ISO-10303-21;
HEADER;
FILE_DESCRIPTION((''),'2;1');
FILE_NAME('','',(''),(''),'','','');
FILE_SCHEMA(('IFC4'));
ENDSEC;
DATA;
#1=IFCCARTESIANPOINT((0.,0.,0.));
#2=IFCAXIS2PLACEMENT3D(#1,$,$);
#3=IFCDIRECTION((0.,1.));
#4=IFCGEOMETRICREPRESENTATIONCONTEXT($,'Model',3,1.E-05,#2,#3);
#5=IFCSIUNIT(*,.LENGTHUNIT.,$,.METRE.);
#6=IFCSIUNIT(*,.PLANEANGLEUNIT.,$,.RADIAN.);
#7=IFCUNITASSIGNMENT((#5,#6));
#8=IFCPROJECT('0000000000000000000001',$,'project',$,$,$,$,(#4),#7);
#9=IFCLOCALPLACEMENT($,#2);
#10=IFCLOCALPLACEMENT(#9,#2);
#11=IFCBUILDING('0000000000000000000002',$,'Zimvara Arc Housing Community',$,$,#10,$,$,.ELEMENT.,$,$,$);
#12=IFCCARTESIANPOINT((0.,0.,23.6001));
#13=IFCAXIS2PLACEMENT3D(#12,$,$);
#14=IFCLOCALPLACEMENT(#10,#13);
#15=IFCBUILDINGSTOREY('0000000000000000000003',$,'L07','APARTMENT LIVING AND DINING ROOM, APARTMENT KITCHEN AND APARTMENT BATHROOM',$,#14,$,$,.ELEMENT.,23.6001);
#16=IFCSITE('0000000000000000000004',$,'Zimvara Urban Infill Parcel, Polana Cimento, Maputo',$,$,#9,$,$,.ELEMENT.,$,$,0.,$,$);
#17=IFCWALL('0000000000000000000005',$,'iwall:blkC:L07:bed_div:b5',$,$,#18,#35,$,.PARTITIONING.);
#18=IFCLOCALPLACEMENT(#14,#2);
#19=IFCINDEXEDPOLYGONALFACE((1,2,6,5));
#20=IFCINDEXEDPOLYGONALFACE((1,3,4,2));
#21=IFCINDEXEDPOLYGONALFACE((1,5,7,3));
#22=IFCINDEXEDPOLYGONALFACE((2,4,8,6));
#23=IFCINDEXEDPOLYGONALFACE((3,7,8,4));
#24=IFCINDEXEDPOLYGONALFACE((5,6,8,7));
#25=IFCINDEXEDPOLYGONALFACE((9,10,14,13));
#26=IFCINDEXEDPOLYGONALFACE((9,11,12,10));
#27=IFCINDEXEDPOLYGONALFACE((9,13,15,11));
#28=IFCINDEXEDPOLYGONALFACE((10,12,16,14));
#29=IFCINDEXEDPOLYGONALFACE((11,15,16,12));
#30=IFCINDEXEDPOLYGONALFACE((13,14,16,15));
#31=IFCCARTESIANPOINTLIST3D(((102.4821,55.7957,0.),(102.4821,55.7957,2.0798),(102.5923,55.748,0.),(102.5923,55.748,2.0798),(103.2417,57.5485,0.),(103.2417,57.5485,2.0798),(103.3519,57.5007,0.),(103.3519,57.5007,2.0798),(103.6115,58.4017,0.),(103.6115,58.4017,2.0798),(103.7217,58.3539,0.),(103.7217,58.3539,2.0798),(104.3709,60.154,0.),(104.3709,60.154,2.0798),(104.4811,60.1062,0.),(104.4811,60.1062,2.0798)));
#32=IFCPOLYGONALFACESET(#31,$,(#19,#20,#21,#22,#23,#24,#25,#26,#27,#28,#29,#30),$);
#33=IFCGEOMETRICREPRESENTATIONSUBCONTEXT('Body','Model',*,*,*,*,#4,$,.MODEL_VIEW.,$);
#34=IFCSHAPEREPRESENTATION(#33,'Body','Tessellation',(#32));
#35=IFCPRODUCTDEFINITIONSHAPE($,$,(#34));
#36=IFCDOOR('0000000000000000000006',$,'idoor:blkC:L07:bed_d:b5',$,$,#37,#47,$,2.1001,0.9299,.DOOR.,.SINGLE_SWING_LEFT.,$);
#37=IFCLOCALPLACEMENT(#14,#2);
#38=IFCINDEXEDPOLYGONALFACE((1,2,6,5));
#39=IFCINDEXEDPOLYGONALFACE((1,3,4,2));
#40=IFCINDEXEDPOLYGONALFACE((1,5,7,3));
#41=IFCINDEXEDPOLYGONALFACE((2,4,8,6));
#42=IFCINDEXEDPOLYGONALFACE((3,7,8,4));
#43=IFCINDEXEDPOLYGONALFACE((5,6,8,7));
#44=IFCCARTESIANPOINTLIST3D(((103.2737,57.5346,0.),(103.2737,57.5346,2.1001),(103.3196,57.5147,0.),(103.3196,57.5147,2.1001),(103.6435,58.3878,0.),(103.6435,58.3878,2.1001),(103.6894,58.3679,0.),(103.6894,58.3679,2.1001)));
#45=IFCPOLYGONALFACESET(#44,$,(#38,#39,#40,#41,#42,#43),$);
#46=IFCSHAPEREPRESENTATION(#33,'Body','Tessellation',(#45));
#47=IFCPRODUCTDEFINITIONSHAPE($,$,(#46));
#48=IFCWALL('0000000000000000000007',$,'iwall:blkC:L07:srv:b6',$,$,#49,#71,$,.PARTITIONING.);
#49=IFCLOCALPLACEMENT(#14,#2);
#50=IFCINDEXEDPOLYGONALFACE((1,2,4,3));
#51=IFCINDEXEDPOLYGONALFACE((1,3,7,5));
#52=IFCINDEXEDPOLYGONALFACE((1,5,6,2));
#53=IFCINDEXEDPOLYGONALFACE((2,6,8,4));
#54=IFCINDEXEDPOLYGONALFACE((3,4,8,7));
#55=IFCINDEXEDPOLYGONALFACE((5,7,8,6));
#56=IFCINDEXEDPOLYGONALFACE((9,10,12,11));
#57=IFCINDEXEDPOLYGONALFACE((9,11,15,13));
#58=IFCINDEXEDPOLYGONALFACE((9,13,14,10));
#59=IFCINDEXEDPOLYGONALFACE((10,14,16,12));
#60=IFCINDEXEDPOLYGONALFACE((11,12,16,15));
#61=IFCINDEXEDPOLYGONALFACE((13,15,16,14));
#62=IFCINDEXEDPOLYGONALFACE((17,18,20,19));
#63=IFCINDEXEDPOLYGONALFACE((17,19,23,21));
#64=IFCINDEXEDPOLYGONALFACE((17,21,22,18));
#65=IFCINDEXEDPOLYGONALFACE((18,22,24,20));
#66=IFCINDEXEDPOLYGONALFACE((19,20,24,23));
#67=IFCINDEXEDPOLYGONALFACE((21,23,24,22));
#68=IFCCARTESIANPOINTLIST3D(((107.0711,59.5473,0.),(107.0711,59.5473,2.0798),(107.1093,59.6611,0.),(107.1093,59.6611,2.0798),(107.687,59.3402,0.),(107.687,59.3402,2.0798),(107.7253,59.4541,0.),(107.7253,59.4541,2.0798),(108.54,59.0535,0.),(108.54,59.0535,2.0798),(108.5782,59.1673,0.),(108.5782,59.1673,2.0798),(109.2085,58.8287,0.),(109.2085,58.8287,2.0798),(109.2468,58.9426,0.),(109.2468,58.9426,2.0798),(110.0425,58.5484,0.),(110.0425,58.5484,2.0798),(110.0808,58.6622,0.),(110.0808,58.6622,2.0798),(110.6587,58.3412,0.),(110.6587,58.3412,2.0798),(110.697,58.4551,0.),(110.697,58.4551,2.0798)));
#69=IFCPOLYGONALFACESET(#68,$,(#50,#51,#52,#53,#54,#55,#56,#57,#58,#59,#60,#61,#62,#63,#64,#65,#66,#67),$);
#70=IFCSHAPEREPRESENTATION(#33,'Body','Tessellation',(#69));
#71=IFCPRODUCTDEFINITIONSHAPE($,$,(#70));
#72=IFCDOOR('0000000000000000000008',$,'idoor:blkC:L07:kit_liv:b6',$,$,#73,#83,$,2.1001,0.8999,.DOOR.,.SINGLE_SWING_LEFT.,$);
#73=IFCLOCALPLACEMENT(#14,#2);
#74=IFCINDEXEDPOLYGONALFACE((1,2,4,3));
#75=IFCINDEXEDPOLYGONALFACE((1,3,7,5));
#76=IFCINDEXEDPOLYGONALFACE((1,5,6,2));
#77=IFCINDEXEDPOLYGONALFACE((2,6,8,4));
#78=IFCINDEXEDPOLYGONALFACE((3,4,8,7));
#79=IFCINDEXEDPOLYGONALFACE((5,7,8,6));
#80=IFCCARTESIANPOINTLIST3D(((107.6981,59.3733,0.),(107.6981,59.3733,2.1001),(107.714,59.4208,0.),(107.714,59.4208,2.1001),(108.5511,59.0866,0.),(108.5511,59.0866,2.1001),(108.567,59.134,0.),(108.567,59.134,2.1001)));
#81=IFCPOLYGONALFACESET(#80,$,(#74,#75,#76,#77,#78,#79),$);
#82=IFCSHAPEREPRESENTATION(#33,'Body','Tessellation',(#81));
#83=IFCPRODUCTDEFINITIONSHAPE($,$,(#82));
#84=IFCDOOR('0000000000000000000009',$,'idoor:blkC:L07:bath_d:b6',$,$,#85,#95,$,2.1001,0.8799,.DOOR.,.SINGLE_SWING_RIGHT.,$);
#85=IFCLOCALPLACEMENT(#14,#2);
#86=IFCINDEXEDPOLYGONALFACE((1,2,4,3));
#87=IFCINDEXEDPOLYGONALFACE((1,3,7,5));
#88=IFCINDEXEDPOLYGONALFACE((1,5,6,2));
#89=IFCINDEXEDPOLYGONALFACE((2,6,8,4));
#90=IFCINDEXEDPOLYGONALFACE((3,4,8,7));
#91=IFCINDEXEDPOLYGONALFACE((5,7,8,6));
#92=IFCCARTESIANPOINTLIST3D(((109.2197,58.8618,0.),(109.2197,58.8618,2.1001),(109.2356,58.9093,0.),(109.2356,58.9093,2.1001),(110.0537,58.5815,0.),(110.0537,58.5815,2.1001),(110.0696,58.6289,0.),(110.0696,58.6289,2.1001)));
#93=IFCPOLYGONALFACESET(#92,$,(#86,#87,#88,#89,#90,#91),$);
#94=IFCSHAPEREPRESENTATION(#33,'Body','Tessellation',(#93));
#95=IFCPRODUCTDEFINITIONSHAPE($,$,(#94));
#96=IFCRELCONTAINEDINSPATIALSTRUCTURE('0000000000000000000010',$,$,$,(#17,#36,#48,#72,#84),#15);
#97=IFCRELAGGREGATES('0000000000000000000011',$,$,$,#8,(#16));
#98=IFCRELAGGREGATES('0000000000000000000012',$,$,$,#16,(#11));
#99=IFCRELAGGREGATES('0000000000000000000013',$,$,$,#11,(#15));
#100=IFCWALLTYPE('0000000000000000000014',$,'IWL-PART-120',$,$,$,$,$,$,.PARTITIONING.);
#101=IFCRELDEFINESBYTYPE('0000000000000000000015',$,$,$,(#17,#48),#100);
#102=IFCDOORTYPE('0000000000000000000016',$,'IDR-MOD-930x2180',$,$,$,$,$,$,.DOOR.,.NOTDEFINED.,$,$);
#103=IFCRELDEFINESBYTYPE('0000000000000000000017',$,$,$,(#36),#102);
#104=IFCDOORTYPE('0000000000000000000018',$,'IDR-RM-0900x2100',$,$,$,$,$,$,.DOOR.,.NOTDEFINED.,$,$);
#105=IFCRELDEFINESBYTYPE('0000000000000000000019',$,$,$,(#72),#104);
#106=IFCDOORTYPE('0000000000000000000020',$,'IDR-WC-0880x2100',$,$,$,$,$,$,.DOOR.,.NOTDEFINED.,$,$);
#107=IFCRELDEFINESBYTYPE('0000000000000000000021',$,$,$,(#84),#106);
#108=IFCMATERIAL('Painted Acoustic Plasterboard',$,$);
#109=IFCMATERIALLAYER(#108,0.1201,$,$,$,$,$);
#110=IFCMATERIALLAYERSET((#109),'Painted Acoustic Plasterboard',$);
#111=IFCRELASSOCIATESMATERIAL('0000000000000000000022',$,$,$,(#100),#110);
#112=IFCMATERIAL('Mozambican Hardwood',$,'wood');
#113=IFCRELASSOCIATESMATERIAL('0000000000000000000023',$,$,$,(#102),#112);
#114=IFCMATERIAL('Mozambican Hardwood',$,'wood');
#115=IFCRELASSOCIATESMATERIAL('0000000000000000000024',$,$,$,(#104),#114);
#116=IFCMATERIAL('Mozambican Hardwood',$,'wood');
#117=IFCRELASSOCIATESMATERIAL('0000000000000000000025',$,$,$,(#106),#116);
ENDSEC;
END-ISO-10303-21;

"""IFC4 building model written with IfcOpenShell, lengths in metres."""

from ifc_helpers import new_model, si_unit, direction, frame, frame_2d, origin, place, context, subcontext, project, spatial, rectangle, extrude, material, layer, layer_set, type_object, element, fill, save


model = new_model("IFC4")

# Units and contexts
model_context = context("Model", 3, precision=1e-05, world=origin(), true_north=direction((0.0, 1.0)))
body_context = subcontext(model_context, "Body", "Model", "MODEL_VIEW")
ifc_project = project(units=[si_unit("LENGTHUNIT", "METRE"), si_unit("PLANEANGLEUNIT", "RADIAN")], contexts=[model_context])

# Site, building, storey
site_placement = place(None, origin())
site = spatial("IfcSite", under=ifc_project, at=site_placement, Name="Zimvara Urban Infill Parcel, Polana Cimento, Maputo", CompositionType="ELEMENT", RefElevation=0.0)
building_placement = place(site_placement, origin())
building = spatial("IfcBuilding", under=site, at=building_placement, Name="Zimvara Arc Housing Community", CompositionType="ELEMENT")
storey_placement = place(building_placement, frame((0.0, 0.0, 23.6001)))
storey = spatial("IfcBuildingStorey", under=building, at=storey_placement, Name="L07", Description="APARTMENT LIVING AND DINING ROOM, APARTMENT KITCHEN AND APARTMENT BATHROOM", CompositionType="ELEMENT", Elevation=23.6001)

# Wall, opening, door
ifc_material_1 = material(Name="Painted Acoustic Plasterboard")
ifc_layer_1 = layer(ifc_material_1, 0.1201)
ifc_layer_set_1 = layer_set([ifc_layer_1], Name="Painted Acoustic Plasterboard")
wall_type_1 = type_object("IfcWallType", Name="IWL-PART-120", PredefinedType="PARTITIONING", material=ifc_layer_set_1)
wall_1_placement = place(storey_placement, frame((104.426, 60.1301, 0.0), z_axis=(0.0, 0.0, 1.0), x_axis=(-0.397656, -0.917534, 0.0)))
wall_1 = element("IfcWall", 1, at=wall_1_placement, inside=storey, type_object=wall_type_1, Name="iwall:blkC:L07:bed_div:b5", PredefinedType="PARTITIONING", context=body_context, shape_type="SweptSolid", body=[
    extrude(rectangle(XDim=4.75, YDim=0.1201, at=frame_2d((2.375, 0.0))), origin(), (0.0, 0.0, 1.0), 2.0798),
])
opening_1_placement = place(wall_1_placement, frame((1.9099, 0.0, 0.0)))
opening_1 = element("IfcOpeningElement", 2, at=opening_1_placement, cuts=wall_1, PredefinedType="OPENING", context=body_context, shape_type="SweptSolid", body=[
    extrude(rectangle(XDim=0.9299, YDim=2.1001, at=frame_2d((0.4648, 1.05))), frame((0.0, 0.0701, 0.0), z_axis=(0.0, -1.0, 0.0), x_axis=(1.0, 0.0, 0.0)), (0.0, 0.0, 1.0), 0.1401),
])
ifc_material_2 = material(Name="Mozambican Hardwood", Category="wood")
door_type_1 = type_object("IfcDoorType", Name="IDR-MOD-930x2180", OperationType="NOTDEFINED", PredefinedType="DOOR", material=ifc_material_2)
door_1_placement = place(opening_1_placement, origin())
door_1 = element("IfcDoor", 3, at=door_1_placement, inside=storey, type_object=door_type_1, Name="idoor:blkC:L07:bed_d:b5", OperationType="SINGLE_SWING_LEFT", OverallHeight=2.1001, OverallWidth=0.9299, PredefinedType="DOOR", context=body_context, shape_type="SweptSolid", body=[
    extrude(rectangle(XDim=0.9299, YDim=2.1001, at=frame_2d((0.4648, 1.05))), frame((0.0, 0.0249, 0.0), z_axis=(0.0, -1.0, 0.0), x_axis=(1.0, 0.0, 0.0)), (0.0, 0.0, 1.0), 0.05),
])
fill(opening_1, door_1)

# Wall, openings, doors
wall_2_placement = place(storey_placement, frame((107.0901, 59.6042, 0.0), z_axis=(0.0, 0.0, 1.0), x_axis=(0.947874, -0.318646, 0.0)))
wall_2 = element("IfcWall", 4, at=wall_2_placement, inside=storey, type_object=wall_type_1, Name="iwall:blkC:L07:srv:b6", PredefinedType="PARTITIONING", context=body_context, shape_type="SweptSolid", body=[
    extrude(rectangle(XDim=3.7849, YDim=0.1201, at=frame_2d((1.8926, 0.0))), origin(), (0.0, 0.0, 1.0), 2.0798),
])
opening_2_placement = place(wall_2_placement, frame((0.6499, 0.0, 0.0)))
opening_2 = element("IfcOpeningElement", 5, at=opening_2_placement, cuts=wall_2, PredefinedType="OPENING", context=body_context, shape_type="SweptSolid", body=[
    extrude(rectangle(XDim=0.8999, YDim=2.1001, at=frame_2d((0.45, 1.05))), frame((0.0, 0.0701, 0.0), z_axis=(0.0, -1.0, 0.0), x_axis=(1.0, 0.0, 0.0)), (0.0, 0.0, 1.0), 0.1401),
])
opening_3_placement = place(wall_2_placement, frame((2.2551, 0.0, 0.0)))
opening_3 = element("IfcOpeningElement", 6, at=opening_3_placement, cuts=wall_2, PredefinedType="OPENING", context=body_context, shape_type="SweptSolid", body=[
    extrude(rectangle(XDim=0.8799, YDim=2.1001, at=frame_2d((0.4399, 1.05))), frame((0.0, 0.0701, 0.0), z_axis=(0.0, -1.0, 0.0), x_axis=(1.0, 0.0, 0.0)), (0.0, 0.0, 1.0), 0.1401),
])
ifc_material_3 = material(Name="Mozambican Hardwood", Category="wood")
door_type_2 = type_object("IfcDoorType", Name="IDR-RM-0900x2100", OperationType="NOTDEFINED", PredefinedType="DOOR", material=ifc_material_3)
door_2_placement = place(opening_2_placement, origin())
door_2 = element("IfcDoor", 7, at=door_2_placement, inside=storey, type_object=door_type_2, Name="idoor:blkC:L07:kit_liv:b6", OperationType="SINGLE_SWING_LEFT", OverallHeight=2.1001, OverallWidth=0.8999, PredefinedType="DOOR", context=body_context, shape_type="SweptSolid", body=[
    extrude(rectangle(XDim=0.8999, YDim=2.1001, at=frame_2d((0.45, 1.05))), frame((0.0, 0.0249, 0.0), z_axis=(0.0, -1.0, 0.0), x_axis=(1.0, 0.0, 0.0)), (0.0, 0.0, 1.0), 0.05),
])
fill(opening_2, door_2)
ifc_material_4 = material(Name="Mozambican Hardwood", Category="wood")
door_type_3 = type_object("IfcDoorType", Name="IDR-WC-0880x2100", OperationType="NOTDEFINED", PredefinedType="DOOR", material=ifc_material_4)
door_3_placement = place(opening_3_placement, origin())
door_3 = element("IfcDoor", 8, at=door_3_placement, inside=storey, type_object=door_type_3, Name="idoor:blkC:L07:bath_d:b6", OperationType="SINGLE_SWING_RIGHT", OverallHeight=2.1001, OverallWidth=0.8799, PredefinedType="DOOR", context=body_context, shape_type="SweptSolid", body=[
    extrude(rectangle(XDim=0.8799, YDim=2.1001, at=frame_2d((0.4399, 1.05))), frame((0.0, 0.0249, 0.0), z_axis=(0.0, -1.0, 0.0), x_axis=(1.0, 0.0, 0.0)), (0.0, 0.0, 1.0), 0.05),
])
fill(opening_3, door_3)

save(model, "model.ifc")
